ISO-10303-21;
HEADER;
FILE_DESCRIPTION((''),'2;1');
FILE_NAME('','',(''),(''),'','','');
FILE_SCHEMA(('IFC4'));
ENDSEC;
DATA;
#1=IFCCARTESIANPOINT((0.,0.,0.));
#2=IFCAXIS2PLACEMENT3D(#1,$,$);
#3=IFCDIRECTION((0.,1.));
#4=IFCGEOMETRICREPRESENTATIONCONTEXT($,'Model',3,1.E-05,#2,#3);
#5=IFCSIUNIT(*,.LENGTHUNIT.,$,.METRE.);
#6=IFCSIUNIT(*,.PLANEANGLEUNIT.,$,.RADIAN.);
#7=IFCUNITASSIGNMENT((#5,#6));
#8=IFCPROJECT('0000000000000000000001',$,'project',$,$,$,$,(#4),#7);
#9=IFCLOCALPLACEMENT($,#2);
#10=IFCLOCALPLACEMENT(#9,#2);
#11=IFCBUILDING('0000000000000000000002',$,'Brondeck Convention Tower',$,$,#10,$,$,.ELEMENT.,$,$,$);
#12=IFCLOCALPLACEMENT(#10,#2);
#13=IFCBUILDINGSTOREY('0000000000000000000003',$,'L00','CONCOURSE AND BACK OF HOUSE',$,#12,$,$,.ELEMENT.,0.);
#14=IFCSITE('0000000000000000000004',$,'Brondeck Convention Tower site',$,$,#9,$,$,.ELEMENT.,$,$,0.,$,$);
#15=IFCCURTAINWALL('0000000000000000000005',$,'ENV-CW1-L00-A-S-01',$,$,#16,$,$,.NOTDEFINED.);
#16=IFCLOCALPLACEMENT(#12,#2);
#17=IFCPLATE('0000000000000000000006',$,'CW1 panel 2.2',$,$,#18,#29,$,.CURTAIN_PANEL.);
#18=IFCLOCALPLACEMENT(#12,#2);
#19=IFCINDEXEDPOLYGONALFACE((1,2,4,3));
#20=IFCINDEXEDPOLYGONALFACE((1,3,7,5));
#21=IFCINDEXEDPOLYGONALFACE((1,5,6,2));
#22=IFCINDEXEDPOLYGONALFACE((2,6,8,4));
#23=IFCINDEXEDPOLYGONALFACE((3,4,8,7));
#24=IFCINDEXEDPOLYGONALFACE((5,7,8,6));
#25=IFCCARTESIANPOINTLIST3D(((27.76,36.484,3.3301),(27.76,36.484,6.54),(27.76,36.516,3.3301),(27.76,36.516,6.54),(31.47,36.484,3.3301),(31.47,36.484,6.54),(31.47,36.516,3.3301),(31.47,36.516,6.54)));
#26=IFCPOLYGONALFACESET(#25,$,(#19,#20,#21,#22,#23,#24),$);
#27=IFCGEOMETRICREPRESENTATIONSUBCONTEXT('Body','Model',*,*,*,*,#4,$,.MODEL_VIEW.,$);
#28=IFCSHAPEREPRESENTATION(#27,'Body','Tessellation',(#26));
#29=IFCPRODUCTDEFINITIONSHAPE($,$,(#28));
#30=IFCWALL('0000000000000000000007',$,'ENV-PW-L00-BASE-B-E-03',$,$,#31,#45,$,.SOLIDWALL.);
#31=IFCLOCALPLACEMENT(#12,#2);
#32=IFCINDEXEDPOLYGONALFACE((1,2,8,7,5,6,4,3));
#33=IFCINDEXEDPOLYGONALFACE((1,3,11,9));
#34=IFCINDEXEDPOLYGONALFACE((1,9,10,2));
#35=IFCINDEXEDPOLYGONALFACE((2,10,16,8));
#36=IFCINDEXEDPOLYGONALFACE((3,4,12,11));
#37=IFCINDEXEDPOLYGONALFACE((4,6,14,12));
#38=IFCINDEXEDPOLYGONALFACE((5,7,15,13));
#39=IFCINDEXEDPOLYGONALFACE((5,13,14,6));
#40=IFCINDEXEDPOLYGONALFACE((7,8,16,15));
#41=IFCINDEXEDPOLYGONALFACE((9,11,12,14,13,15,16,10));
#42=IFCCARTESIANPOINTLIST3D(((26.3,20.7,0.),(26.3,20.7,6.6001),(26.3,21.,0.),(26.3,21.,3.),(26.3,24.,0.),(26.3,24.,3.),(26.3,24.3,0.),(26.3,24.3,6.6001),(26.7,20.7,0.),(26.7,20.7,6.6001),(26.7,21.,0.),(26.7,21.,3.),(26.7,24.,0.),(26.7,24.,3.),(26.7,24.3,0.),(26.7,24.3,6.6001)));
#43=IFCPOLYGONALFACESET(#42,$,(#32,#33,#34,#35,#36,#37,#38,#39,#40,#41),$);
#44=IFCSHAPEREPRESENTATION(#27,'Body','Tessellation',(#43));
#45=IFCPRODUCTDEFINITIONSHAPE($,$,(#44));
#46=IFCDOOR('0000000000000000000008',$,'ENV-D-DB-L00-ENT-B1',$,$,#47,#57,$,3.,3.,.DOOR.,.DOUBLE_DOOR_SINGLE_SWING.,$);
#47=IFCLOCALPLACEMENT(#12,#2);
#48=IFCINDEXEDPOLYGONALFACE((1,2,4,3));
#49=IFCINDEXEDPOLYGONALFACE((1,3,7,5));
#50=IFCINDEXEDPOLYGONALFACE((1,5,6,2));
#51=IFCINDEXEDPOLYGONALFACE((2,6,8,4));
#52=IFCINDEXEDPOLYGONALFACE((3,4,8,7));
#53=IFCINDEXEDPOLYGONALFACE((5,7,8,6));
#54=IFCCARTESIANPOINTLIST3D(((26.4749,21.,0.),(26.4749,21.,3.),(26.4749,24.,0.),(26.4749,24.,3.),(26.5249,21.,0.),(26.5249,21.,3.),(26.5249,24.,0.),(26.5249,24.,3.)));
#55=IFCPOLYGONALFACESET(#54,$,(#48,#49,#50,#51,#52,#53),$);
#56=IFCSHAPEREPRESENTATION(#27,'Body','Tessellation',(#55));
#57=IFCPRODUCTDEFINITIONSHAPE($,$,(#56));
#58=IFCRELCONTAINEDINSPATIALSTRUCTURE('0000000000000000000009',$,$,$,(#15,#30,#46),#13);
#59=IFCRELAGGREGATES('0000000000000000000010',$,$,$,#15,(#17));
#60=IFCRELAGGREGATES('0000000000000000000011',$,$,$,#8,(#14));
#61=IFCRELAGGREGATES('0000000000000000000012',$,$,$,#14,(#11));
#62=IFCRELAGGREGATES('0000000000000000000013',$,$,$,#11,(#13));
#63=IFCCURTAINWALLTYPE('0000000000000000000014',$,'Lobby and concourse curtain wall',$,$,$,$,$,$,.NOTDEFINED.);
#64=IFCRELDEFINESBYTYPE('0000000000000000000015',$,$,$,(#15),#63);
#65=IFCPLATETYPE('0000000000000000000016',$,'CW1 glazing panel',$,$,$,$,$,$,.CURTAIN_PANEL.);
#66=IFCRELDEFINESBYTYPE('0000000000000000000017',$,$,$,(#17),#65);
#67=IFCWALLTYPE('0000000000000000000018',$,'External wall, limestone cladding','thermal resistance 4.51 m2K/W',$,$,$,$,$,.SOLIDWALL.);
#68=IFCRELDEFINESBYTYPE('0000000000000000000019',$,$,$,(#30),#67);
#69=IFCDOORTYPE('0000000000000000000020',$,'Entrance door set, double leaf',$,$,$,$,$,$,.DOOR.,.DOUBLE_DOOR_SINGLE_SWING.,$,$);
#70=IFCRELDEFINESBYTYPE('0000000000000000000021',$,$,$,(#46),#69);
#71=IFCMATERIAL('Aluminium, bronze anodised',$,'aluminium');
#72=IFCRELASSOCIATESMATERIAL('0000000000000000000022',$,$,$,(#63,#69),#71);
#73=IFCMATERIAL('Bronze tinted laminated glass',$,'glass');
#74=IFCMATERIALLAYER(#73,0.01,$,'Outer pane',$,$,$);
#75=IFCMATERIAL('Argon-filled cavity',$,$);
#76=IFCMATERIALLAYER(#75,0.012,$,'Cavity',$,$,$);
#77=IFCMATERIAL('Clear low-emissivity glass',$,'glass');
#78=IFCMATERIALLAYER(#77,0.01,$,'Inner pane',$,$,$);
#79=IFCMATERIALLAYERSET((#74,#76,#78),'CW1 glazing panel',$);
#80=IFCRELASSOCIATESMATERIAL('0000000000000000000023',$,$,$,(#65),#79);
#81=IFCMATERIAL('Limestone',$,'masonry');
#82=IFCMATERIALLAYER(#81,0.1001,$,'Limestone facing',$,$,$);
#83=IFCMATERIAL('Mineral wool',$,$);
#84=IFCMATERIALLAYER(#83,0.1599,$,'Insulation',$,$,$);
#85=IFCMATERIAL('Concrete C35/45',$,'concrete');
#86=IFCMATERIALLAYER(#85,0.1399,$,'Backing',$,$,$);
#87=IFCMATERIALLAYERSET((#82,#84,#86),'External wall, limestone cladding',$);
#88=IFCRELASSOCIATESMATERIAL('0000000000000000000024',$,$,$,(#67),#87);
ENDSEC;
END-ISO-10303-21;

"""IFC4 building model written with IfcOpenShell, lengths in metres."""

from ifc_helpers import new_model, si_unit, direction, frame, frame_2d, origin, origin_2d, place, context, subcontext, project, spatial, rectangle, extrude, material, layer, layer_set, type_object, element, fill, aggregate, save


model = new_model("IFC4")

# Units and contexts
model_context = context("Model", 3, precision=1e-05, world=origin(), true_north=direction((0.0, 1.0)))
body_context = subcontext(model_context, "Body", "Model", "MODEL_VIEW")
ifc_project = project(units=[si_unit("LENGTHUNIT", "METRE"), si_unit("PLANEANGLEUNIT", "RADIAN")], contexts=[model_context])

# Site, building, storey
site_placement = place(None, origin())
site = spatial("IfcSite", under=ifc_project, at=site_placement, Name="Brondeck Convention Tower site", CompositionType="ELEMENT", RefElevation=0.0)
building_placement = place(site_placement, origin())
building = spatial("IfcBuilding", under=site, at=building_placement, Name="Brondeck Convention Tower", CompositionType="ELEMENT")
storey_placement = place(building_placement, origin())
storey = spatial("IfcBuildingStorey", under=building, at=storey_placement, Name="L00", Description="CONCOURSE AND BACK OF HOUSE", CompositionType="ELEMENT", Elevation=0.0)

# Shared definitions
ifc_material_1 = material(Name="Aluminium, bronze anodised", Category="aluminium")
curtain_wall_type = type_object("IfcCurtainWallType", Name="Lobby and concourse curtain wall", PredefinedType="NOTDEFINED", material=ifc_material_1)

# Curtain wall
curtain_wall_1_placement = place(storey_placement, origin())
curtain_wall_1 = element("IfcCurtainWall", 1, at=curtain_wall_1_placement, inside=storey, type_object=curtain_wall_type, Name="ENV-CW1-L00-A-S-01", PredefinedType="NOTDEFINED")

# Plate
ifc_material_2 = material(Name="Bronze tinted laminated glass", Category="glass")
ifc_layer_1 = layer(ifc_material_2, 0.01, Name="Outer pane")
ifc_material_3 = material(Name="Argon-filled cavity")
ifc_layer_2 = layer(ifc_material_3, 0.012, Name="Cavity")
ifc_material_4 = material(Name="Clear low-emissivity glass", Category="glass")
ifc_layer_3 = layer(ifc_material_4, 0.01, Name="Inner pane")
ifc_layer_set_1 = layer_set([ifc_layer_1, ifc_layer_2, ifc_layer_3], Name="CW1 glazing panel")
plate_type = type_object("IfcPlateType", Name="CW1 glazing panel", PredefinedType="CURTAIN_PANEL", material=ifc_layer_set_1)
plate_1_placement = place(storey_placement, frame((29.615, 36.5, 3.3301), z_axis=(0.0, 0.0, 1.0), x_axis=(-1.0, 0.0, 0.0)))
plate_1 = element("IfcPlate", 2, at=plate_1_placement, type_object=plate_type, Name="CW1 panel 2.2", PredefinedType="CURTAIN_PANEL", context=body_context, shape_type="SweptSolid", body=[
    extrude(rectangle(XDim=3.71, YDim=0.032, at=origin_2d()), origin(), (0.0, 0.0, 1.0), 3.21),
])
aggregate(curtain_wall_1, [plate_1])

# Wall, opening, door
ifc_material_5 = material(Name="Limestone", Category="masonry")
ifc_layer_4 = layer(ifc_material_5, 0.1001, Name="Limestone facing")
ifc_material_6 = material(Name="Mineral wool")
ifc_layer_5 = layer(ifc_material_6, 0.1599, Name="Insulation")
ifc_material_7 = material(Name="Concrete C35/45", Category="concrete")
ifc_layer_6 = layer(ifc_material_7, 0.1399, Name="Backing")
ifc_layer_set_2 = layer_set([ifc_layer_4, ifc_layer_5, ifc_layer_6], Name="External wall, limestone cladding")
wall_type = type_object("IfcWallType", Name="External wall, limestone cladding", Description="thermal resistance 4.51 m2K/W", PredefinedType="SOLIDWALL", material=ifc_layer_set_2)
wall_placement = place(storey_placement, frame((26.5, 24.3, 0.0), z_axis=(0.0, 0.0, 1.0), x_axis=(0.0, -1.0, 0.0)))
wall = element("IfcWall", 3, at=wall_placement, inside=storey, type_object=wall_type, Name="ENV-PW-L00-BASE-B-E-03", PredefinedType="SOLIDWALL", context=body_context, shape_type="SweptSolid", body=[
    extrude(rectangle(XDim=3.6001, YDim=0.3999, at=frame_2d((1.8, 0.0))), origin(), (0.0, 0.0, 1.0), 6.6001),
])
opening_placement = place(wall_placement, frame((0.3, 0.0, 0.0)))
opening = element("IfcOpeningElement", 4, at=opening_placement, cuts=wall, PredefinedType="OPENING", context=body_context, shape_type="SweptSolid", body=[
    extrude(rectangle(XDim=3.0, YDim=3.0, at=frame_2d((1.5, 1.5))), frame((0.0, 0.21, 0.0), z_axis=(0.0, -1.0, 0.0), x_axis=(1.0, 0.0, 0.0)), (0.0, 0.0, 1.0), 0.4199),
])
door_type = type_object("IfcDoorType", Name="Entrance door set, double leaf", OperationType="DOUBLE_DOOR_SINGLE_SWING", PredefinedType="DOOR", material=ifc_material_1)
door_placement = place(opening_placement, origin())
door = element("IfcDoor", 5, at=door_placement, inside=storey, type_object=door_type, Name="ENV-D-DB-L00-ENT-B1", OperationType="DOUBLE_DOOR_SINGLE_SWING", OverallHeight=3.0, OverallWidth=3.0, PredefinedType="DOOR", context=body_context, shape_type="SweptSolid", body=[
    extrude(rectangle(XDim=3.0, YDim=3.0, at=frame_2d((1.5, 1.5))), frame((0.0, 0.0249, 0.0), z_axis=(0.0, -1.0, 0.0), x_axis=(1.0, 0.0, 0.0)), (0.0, 0.0, 1.0), 0.05),
])
fill(opening, door)

save(model, "model.ifc")
